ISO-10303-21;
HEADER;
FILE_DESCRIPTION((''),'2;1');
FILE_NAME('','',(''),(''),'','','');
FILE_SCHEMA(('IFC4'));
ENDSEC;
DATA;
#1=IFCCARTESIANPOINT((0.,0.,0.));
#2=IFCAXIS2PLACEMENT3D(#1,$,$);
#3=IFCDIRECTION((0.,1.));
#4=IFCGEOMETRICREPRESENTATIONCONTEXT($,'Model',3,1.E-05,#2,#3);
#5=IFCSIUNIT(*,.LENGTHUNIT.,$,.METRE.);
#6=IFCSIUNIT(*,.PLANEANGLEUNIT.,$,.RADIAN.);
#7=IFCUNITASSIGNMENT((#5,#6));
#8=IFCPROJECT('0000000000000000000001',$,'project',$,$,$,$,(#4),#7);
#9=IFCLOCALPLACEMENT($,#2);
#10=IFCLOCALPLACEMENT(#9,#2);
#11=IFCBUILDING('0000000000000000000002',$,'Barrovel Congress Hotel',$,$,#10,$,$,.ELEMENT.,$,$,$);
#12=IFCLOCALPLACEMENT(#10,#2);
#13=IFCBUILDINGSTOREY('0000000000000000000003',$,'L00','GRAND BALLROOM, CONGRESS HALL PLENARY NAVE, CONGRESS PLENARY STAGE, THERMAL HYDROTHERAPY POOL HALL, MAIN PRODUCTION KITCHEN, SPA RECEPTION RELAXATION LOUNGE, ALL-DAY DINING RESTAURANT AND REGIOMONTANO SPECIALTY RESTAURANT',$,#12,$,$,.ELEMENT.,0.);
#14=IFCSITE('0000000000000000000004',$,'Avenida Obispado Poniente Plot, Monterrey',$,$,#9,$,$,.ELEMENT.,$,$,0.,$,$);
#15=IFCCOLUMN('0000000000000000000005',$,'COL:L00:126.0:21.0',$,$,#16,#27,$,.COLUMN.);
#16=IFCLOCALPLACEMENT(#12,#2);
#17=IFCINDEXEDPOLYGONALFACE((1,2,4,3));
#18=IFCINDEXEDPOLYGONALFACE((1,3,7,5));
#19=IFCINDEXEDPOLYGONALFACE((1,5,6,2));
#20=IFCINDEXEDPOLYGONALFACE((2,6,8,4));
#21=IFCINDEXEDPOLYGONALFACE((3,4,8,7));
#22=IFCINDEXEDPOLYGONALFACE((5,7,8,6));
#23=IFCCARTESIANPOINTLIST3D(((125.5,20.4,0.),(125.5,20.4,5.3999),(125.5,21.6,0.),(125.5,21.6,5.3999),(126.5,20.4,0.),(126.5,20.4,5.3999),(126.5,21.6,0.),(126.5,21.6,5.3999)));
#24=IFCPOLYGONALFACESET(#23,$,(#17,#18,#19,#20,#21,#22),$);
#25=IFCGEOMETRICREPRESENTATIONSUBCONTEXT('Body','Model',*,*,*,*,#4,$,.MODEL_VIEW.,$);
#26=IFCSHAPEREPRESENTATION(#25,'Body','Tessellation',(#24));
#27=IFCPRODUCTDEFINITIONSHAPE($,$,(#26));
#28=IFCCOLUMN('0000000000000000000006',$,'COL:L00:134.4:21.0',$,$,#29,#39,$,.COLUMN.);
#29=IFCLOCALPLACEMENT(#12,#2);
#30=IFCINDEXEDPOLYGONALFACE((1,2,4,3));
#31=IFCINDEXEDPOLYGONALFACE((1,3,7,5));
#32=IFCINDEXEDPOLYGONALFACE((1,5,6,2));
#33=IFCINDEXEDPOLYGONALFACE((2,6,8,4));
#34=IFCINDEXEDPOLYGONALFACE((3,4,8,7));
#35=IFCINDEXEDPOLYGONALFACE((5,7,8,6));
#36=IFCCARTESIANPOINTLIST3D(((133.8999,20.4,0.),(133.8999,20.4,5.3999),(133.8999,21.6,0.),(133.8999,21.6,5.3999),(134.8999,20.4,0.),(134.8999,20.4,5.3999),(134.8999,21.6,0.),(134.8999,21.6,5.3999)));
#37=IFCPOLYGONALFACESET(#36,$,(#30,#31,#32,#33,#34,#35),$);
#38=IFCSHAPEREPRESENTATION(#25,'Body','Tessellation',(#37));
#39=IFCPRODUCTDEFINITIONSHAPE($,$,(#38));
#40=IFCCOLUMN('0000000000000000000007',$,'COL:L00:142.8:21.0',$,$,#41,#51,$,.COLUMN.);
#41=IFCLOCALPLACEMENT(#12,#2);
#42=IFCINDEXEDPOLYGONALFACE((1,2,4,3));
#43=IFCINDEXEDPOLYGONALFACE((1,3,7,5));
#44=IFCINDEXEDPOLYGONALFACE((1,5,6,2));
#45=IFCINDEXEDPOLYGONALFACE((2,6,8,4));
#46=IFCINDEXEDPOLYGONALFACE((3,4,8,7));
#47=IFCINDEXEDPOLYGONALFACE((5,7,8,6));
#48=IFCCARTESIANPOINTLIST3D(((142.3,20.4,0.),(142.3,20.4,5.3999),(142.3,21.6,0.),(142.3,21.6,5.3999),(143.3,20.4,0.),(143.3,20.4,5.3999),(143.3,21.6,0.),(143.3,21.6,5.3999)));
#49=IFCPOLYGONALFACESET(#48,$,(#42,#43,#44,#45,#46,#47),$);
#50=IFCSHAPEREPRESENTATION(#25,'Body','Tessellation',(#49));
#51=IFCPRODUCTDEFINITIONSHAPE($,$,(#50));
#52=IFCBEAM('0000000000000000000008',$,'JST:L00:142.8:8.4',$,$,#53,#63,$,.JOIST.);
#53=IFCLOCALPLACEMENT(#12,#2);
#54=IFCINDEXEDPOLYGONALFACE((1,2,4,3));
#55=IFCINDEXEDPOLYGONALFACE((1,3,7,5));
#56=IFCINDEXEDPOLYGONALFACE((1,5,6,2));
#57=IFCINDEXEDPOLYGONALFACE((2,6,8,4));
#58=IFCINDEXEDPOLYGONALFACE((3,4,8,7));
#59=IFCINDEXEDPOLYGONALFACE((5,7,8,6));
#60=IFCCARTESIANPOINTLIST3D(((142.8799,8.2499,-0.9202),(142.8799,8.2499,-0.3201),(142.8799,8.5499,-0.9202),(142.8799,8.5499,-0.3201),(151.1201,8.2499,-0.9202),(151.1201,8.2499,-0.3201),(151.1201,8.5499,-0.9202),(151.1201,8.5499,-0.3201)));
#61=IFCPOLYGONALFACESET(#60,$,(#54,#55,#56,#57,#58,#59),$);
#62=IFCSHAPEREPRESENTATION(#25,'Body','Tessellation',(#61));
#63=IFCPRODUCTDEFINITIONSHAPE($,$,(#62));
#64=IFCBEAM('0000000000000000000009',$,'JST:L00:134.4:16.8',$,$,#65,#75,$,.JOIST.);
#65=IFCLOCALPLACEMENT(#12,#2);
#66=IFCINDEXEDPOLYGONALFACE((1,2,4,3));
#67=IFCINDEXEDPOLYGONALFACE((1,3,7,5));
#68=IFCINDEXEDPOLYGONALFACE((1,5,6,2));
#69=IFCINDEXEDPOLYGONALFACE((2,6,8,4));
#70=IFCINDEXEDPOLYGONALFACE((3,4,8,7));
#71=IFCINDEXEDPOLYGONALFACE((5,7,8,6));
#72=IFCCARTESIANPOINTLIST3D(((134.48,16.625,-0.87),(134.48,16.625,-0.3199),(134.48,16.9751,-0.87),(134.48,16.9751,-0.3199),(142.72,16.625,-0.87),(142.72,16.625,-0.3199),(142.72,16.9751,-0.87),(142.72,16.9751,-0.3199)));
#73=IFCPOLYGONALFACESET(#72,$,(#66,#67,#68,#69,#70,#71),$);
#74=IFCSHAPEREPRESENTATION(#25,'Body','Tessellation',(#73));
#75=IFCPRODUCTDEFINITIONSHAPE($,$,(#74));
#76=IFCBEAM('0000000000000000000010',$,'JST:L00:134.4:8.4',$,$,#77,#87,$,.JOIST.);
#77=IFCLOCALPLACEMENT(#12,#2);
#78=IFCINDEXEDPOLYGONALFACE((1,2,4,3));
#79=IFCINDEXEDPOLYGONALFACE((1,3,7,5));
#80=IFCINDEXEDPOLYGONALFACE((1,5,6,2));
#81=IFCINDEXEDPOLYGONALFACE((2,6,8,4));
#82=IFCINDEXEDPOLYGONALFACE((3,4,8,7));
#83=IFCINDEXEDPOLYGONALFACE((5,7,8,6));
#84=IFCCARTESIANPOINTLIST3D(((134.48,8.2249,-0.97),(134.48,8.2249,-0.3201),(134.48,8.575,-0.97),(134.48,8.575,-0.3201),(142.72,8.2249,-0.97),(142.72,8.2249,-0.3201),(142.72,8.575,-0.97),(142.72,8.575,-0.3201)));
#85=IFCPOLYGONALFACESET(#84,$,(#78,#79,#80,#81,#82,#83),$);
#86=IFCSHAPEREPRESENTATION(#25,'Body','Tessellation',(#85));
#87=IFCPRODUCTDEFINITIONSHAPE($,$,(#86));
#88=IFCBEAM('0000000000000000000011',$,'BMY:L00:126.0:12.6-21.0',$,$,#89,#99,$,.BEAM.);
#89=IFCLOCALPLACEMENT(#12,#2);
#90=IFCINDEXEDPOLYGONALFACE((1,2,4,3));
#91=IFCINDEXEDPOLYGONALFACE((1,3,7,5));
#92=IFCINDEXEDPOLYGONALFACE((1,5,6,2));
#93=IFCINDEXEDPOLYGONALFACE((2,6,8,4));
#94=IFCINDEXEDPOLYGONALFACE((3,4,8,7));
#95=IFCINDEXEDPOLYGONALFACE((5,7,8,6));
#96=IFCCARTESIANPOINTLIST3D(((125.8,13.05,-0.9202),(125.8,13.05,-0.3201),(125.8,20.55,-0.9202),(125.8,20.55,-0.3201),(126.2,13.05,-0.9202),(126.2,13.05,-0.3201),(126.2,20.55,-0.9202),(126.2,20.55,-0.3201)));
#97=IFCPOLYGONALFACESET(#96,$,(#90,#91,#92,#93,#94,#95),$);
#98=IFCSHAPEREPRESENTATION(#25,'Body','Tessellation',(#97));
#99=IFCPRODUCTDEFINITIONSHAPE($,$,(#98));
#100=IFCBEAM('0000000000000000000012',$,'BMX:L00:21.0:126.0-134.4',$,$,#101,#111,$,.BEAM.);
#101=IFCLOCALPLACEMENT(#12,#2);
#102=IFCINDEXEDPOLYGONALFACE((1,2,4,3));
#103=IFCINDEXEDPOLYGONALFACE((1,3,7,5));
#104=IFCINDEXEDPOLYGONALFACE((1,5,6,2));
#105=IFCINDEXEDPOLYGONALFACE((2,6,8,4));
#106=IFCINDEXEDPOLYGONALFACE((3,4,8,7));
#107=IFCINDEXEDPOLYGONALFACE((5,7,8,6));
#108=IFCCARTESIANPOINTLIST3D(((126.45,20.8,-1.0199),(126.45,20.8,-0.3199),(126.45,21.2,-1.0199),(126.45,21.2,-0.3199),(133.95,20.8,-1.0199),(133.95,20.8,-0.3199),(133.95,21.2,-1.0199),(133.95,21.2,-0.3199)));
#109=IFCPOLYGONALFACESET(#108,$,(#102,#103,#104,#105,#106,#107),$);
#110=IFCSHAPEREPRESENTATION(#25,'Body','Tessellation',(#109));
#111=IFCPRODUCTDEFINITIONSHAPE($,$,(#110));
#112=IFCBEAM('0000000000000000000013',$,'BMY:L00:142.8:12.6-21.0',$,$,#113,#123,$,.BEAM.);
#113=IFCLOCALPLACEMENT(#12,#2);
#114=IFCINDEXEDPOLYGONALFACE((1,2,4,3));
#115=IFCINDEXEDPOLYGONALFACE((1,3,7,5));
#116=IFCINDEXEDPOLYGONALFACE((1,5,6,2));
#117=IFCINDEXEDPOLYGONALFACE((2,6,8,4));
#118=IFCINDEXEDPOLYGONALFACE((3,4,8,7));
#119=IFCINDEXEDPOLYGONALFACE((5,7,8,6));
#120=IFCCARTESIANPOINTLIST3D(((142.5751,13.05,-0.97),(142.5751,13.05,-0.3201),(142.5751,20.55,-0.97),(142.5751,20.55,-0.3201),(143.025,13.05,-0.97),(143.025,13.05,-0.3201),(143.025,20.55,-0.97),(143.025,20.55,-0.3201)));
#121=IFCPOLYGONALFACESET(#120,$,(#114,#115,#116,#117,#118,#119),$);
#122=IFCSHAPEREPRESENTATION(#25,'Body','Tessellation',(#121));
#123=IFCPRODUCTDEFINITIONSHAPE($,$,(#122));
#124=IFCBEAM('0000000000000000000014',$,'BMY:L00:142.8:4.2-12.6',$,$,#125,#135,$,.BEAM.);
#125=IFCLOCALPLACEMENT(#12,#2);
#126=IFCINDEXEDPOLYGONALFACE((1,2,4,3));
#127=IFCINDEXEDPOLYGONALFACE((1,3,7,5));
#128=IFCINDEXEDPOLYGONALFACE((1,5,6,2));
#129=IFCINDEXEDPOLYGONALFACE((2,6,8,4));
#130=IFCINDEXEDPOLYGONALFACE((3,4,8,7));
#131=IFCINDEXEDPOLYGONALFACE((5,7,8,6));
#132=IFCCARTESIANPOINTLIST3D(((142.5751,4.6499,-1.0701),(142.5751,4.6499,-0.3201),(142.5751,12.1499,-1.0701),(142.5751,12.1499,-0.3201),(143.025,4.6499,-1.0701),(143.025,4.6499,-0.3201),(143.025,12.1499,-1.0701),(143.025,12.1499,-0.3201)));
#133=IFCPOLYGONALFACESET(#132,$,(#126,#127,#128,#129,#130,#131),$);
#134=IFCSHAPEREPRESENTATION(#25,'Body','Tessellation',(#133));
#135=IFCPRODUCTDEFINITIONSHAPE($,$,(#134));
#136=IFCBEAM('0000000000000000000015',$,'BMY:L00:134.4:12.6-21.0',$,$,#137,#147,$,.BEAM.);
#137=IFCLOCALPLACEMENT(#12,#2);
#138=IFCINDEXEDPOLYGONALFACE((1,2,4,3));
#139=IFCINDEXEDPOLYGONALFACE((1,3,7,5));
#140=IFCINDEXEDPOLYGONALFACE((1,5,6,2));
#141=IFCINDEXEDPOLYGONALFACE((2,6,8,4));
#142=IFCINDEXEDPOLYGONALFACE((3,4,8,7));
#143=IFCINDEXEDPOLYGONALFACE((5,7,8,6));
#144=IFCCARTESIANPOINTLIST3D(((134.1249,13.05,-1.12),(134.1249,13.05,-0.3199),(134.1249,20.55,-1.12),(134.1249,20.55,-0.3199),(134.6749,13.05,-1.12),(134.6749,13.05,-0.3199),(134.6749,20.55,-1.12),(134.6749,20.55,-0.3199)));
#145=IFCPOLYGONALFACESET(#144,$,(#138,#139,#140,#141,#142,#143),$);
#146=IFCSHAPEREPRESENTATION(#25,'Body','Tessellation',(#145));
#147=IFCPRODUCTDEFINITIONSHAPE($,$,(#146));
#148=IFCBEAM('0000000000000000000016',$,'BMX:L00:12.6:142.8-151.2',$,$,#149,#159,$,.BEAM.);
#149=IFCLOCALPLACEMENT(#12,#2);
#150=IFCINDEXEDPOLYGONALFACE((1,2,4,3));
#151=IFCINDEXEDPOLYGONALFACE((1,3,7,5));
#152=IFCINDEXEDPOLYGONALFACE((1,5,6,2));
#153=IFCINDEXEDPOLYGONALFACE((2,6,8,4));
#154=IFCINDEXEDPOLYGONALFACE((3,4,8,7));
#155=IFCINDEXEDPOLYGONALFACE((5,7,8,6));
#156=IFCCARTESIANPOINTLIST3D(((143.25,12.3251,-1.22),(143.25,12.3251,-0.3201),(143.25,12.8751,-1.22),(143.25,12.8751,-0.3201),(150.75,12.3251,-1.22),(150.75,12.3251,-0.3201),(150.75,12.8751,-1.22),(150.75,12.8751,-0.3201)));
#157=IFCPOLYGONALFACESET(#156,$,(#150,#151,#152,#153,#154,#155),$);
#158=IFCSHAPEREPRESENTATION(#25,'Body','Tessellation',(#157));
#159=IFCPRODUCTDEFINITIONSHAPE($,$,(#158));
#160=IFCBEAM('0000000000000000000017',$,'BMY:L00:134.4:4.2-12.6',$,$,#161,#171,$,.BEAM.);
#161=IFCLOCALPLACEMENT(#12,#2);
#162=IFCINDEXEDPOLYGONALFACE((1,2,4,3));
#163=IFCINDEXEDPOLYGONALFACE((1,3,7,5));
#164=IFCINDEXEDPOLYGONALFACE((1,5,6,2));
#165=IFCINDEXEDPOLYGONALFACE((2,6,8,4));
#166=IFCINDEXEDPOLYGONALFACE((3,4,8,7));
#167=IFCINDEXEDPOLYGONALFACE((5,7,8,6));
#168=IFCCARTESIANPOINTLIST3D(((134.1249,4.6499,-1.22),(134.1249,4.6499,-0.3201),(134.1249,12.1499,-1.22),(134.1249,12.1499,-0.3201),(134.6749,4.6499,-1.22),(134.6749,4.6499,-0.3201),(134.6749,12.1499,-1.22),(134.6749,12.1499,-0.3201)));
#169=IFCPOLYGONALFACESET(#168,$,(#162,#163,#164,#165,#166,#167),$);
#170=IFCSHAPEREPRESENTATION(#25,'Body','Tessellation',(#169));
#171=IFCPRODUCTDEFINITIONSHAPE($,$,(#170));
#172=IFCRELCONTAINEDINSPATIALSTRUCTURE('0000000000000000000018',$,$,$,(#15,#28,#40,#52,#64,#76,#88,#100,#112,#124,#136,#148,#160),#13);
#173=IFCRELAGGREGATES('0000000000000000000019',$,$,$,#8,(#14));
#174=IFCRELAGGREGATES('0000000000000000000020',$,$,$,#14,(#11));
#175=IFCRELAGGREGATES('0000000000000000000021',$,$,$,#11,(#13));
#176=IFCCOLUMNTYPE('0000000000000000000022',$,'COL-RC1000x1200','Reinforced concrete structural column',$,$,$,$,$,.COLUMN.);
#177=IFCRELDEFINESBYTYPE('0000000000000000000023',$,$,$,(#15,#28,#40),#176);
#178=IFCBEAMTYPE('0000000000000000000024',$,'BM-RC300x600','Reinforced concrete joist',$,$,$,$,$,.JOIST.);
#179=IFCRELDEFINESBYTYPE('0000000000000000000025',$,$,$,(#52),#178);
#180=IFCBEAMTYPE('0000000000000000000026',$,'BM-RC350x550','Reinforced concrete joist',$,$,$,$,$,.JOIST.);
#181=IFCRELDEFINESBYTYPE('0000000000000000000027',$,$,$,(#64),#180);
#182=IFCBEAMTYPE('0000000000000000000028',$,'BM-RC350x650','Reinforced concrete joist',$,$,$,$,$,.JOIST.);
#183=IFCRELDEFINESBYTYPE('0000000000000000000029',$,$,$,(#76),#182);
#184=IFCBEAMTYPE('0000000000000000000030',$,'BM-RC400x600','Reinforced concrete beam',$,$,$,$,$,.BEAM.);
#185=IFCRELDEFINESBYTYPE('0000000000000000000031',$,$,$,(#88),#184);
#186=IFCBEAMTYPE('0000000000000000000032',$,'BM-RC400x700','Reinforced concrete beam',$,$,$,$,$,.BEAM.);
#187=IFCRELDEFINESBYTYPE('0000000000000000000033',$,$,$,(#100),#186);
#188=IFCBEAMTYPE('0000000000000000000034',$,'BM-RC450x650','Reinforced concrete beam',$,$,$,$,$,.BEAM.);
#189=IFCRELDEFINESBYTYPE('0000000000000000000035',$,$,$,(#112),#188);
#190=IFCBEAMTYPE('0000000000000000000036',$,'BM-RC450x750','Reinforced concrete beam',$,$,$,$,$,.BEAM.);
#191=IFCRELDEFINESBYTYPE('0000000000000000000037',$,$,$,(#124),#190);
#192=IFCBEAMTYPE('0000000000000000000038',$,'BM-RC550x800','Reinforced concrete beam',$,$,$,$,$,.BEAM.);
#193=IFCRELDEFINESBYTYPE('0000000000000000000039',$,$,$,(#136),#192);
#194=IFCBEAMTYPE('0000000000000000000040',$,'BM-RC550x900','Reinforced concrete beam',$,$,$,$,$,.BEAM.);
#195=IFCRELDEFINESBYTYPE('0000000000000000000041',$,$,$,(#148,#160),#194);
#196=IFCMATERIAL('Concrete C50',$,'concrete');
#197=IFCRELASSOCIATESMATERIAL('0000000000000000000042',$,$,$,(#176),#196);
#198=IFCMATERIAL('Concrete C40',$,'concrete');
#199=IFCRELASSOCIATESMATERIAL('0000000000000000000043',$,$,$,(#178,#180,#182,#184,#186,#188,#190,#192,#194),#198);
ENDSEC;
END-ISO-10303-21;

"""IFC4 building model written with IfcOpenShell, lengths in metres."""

from ifc_helpers import new_model, si_unit, direction, frame, origin, origin_2d, place, context, subcontext, project, spatial, rectangle, extrude, material, material_profile, profile_set, type_object, element, save


model = new_model("IFC4")

# Units and contexts
model_context = context("Model", 3, precision=1e-05, world=origin(), true_north=direction((0.0, 1.0)))
body_context = subcontext(model_context, "Body", "Model", "MODEL_VIEW")
ifc_project = project(units=[si_unit("LENGTHUNIT", "METRE"), si_unit("PLANEANGLEUNIT", "RADIAN")], contexts=[model_context])

# Site, building, storey
site_placement = place(None, origin())
site = spatial("IfcSite", under=ifc_project, at=site_placement, Name="Avenida Obispado Poniente Plot, Monterrey", CompositionType="ELEMENT", RefElevation=0.0)
building_placement = place(site_placement, origin())
building = spatial("IfcBuilding", under=site, at=building_placement, Name="Barrovel Congress Hotel", CompositionType="ELEMENT")
storey_placement = place(building_placement, origin())
storey = spatial("IfcBuildingStorey", under=building, at=storey_placement, Name="L00", Description="GRAND BALLROOM, CONGRESS HALL PLENARY NAVE, CONGRESS PLENARY STAGE, THERMAL HYDROTHERAPY POOL HALL, MAIN PRODUCTION KITCHEN, SPA RECEPTION RELAXATION LOUNGE, ALL-DAY DINING RESTAURANT AND REGIOMONTANO SPECIALTY RESTAURANT", CompositionType="ELEMENT", Elevation=0.0)

# Columns
ifc_material_1 = material(Name="Concrete C50", Category="concrete")
ifc_material_profile_1 = material_profile(ifc_material_1, rectangle(XDim=1.0, YDim=1.2, at=origin_2d()), Name="RC1000x1200")
ifc_profile_set_1 = profile_set([ifc_material_profile_1], Name="Concrete C50")
column_type = type_object("IfcColumnType", Name="COL-RC1000x1200", Description="Reinforced concrete structural column", PredefinedType="COLUMN", material=ifc_profile_set_1)
for number, where, z_axis, x_axis, name in (
    (1, (126.0, 21.0, 0.0), (0.0, 0.0, 1.0), (1.0, 0.0, 0.0), "COL:L00:126.0:21.0"),
    (2, (134.3999, 21.0, 0.0), (0.0, 0.0, 1.0), (1.0, 0.0, 0.0), "COL:L00:134.4:21.0"),
    (3, (142.8, 21.0, 0.0), (0.0, 0.0, 1.0), (1.0, 0.0, 0.0), "COL:L00:142.8:21.0"),
):
    element("IfcColumn", number, at=place(storey_placement, frame(where, z_axis=z_axis, x_axis=x_axis)), inside=storey, type_object=column_type, Name=name, PredefinedType="COLUMN", context=body_context, shape_type="SweptSolid", body=[
        extrude(rectangle(XDim=1.0, YDim=1.2, at=origin_2d()), origin(), (0.0, 0.0, 1.0), 5.3999),
    ])

# Beams
ifc_material_2 = material(Name="Concrete C40", Category="concrete")
ifc_material_profile_2 = material_profile(ifc_material_2, rectangle(XDim=0.3, YDim=0.6001, at=origin_2d()), Name="RC300x600")
ifc_profile_set_2 = profile_set([ifc_material_profile_2], Name="Concrete C40")
beam_type_1 = type_object("IfcBeamType", Name="BM-RC300x600", Description="Reinforced concrete joist", PredefinedType="JOIST", material=ifc_profile_set_2)
beam_1_placement = place(storey_placement, frame((142.8799, 8.3999, -0.6201), z_axis=(1.0, 0.0, 0.0), x_axis=(0.0, 1.0, 0.0)))
element("IfcBeam", 4, at=beam_1_placement, inside=storey, type_object=beam_type_1, Name="JST:L00:142.8:8.4", PredefinedType="JOIST", context=body_context, shape_type="SweptSolid", body=[
    extrude(rectangle(XDim=0.3, YDim=0.6001, at=origin_2d()), origin(), (0.0, 0.0, 1.0), 8.2402),
])
ifc_material_profile_3 = material_profile(ifc_material_2, rectangle(XDim=0.3501, YDim=0.55, at=origin_2d()), Name="RC350x550")
ifc_profile_set_3 = profile_set([ifc_material_profile_3], Name="Concrete C40")
beam_type_2 = type_object("IfcBeamType", Name="BM-RC350x550", Description="Reinforced concrete joist", PredefinedType="JOIST", material=ifc_profile_set_3)
beam_2_placement = place(storey_placement, frame((134.48, 16.8, -0.595), z_axis=(1.0, 0.0, 0.0), x_axis=(0.0, 1.0, 0.0)))
element("IfcBeam", 5, at=beam_2_placement, inside=storey, type_object=beam_type_2, Name="JST:L00:134.4:16.8", PredefinedType="JOIST", context=body_context, shape_type="SweptSolid", body=[
    extrude(rectangle(XDim=0.3501, YDim=0.55, at=origin_2d()), origin(), (0.0, 0.0, 1.0), 8.24),
])
ifc_material_profile_4 = material_profile(ifc_material_2, rectangle(XDim=0.3501, YDim=0.6499, at=origin_2d()), Name="RC350x650")
ifc_profile_set_4 = profile_set([ifc_material_profile_4], Name="Concrete C40")
beam_type_3 = type_object("IfcBeamType", Name="BM-RC350x650", Description="Reinforced concrete joist", PredefinedType="JOIST", material=ifc_profile_set_4)
beam_3_placement = place(storey_placement, frame((134.48, 8.3999, -0.645), z_axis=(1.0, 0.0, 0.0), x_axis=(0.0, 1.0, 0.0)))
element("IfcBeam", 6, at=beam_3_placement, inside=storey, type_object=beam_type_3, Name="JST:L00:134.4:8.4", PredefinedType="JOIST", context=body_context, shape_type="SweptSolid", body=[
    extrude(rectangle(XDim=0.3501, YDim=0.6499, at=origin_2d()), origin(), (0.0, 0.0, 1.0), 8.24),
])
ifc_material_profile_5 = material_profile(ifc_material_2, rectangle(XDim=0.3999, YDim=0.6001, at=origin_2d()), Name="RC400x600")
ifc_profile_set_5 = profile_set([ifc_material_profile_5], Name="Concrete C40")
beam_type_4 = type_object("IfcBeamType", Name="BM-RC400x600", Description="Reinforced concrete beam", PredefinedType="BEAM", material=ifc_profile_set_5)
beam_4_placement = place(storey_placement, frame((126.0, 13.05, -0.6201), z_axis=(0.0, 1.0, 0.0), x_axis=(-1.0, 0.0, 0.0)))
element("IfcBeam", 7, at=beam_4_placement, inside=storey, type_object=beam_type_4, Name="BMY:L00:126.0:12.6-21.0", PredefinedType="BEAM", context=body_context, shape_type="SweptSolid", body=[
    extrude(rectangle(XDim=0.3999, YDim=0.6001, at=origin_2d()), origin(), (0.0, 0.0, 1.0), 7.5),
])
ifc_material_profile_6 = material_profile(ifc_material_2, rectangle(XDim=0.3999, YDim=0.7, at=origin_2d()), Name="RC400x700")
ifc_profile_set_6 = profile_set([ifc_material_profile_6], Name="Concrete C40")
beam_type_5 = type_object("IfcBeamType", Name="BM-RC400x700", Description="Reinforced concrete beam", PredefinedType="BEAM", material=ifc_profile_set_6)
beam_5_placement = place(storey_placement, frame((126.45, 21.0, -0.6699), z_axis=(1.0, 0.0, 0.0), x_axis=(0.0, 1.0, 0.0)))
element("IfcBeam", 8, at=beam_5_placement, inside=storey, type_object=beam_type_5, Name="BMX:L00:21.0:126.0-134.4", PredefinedType="BEAM", context=body_context, shape_type="SweptSolid", body=[
    extrude(rectangle(XDim=0.3999, YDim=0.7, at=origin_2d()), origin(), (0.0, 0.0, 1.0), 7.5),
])
ifc_material_profile_7 = material_profile(ifc_material_2, rectangle(XDim=0.45, YDim=0.6499, at=origin_2d()), Name="RC450x650")
ifc_profile_set_7 = profile_set([ifc_material_profile_7], Name="Concrete C40")
beam_type_6 = type_object("IfcBeamType", Name="BM-RC450x650", Description="Reinforced concrete beam", PredefinedType="BEAM", material=ifc_profile_set_7)
beam_6_placement = place(storey_placement, frame((142.8, 13.05, -0.645), z_axis=(0.0, 1.0, 0.0), x_axis=(-1.0, 0.0, 0.0)))
element("IfcBeam", 9, at=beam_6_placement, inside=storey, type_object=beam_type_6, Name="BMY:L00:142.8:12.6-21.0", PredefinedType="BEAM", context=body_context, shape_type="SweptSolid", body=[
    extrude(rectangle(XDim=0.45, YDim=0.6499, at=origin_2d()), origin(), (0.0, 0.0, 1.0), 7.5),
])
ifc_material_profile_8 = material_profile(ifc_material_2, rectangle(XDim=0.45, YDim=0.75, at=origin_2d()), Name="RC450x750")
ifc_profile_set_8 = profile_set([ifc_material_profile_8], Name="Concrete C40")
beam_type_7 = type_object("IfcBeamType", Name="BM-RC450x750", Description="Reinforced concrete beam", PredefinedType="BEAM", material=ifc_profile_set_8)
beam_7_placement = place(storey_placement, frame((142.8, 4.6499, -0.6951), z_axis=(0.0, 1.0, 0.0), x_axis=(-1.0, 0.0, 0.0)))
element("IfcBeam", 10, at=beam_7_placement, inside=storey, type_object=beam_type_7, Name="BMY:L00:142.8:4.2-12.6", PredefinedType="BEAM", context=body_context, shape_type="SweptSolid", body=[
    extrude(rectangle(XDim=0.45, YDim=0.75, at=origin_2d()), origin(), (0.0, 0.0, 1.0), 7.5),
])
ifc_material_profile_9 = material_profile(ifc_material_2, rectangle(XDim=0.55, YDim=0.8, at=origin_2d()), Name="RC550x800")
ifc_profile_set_9 = profile_set([ifc_material_profile_9], Name="Concrete C40")
beam_type_8 = type_object("IfcBeamType", Name="BM-RC550x800", Description="Reinforced concrete beam", PredefinedType="BEAM", material=ifc_profile_set_9)
beam_8_placement = place(storey_placement, frame((134.3999, 13.05, -0.72), z_axis=(0.0, 1.0, 0.0), x_axis=(-1.0, 0.0, 0.0)))
element("IfcBeam", 11, at=beam_8_placement, inside=storey, type_object=beam_type_8, Name="BMY:L00:134.4:12.6-21.0", PredefinedType="BEAM", context=body_context, shape_type="SweptSolid", body=[
    extrude(rectangle(XDim=0.55, YDim=0.8, at=origin_2d()), origin(), (0.0, 0.0, 1.0), 7.5),
])
ifc_material_profile_10 = material_profile(ifc_material_2, rectangle(XDim=0.55, YDim=0.8999, at=origin_2d()), Name="RC550x900")
ifc_profile_set_10 = profile_set([ifc_material_profile_10], Name="Concrete C40")
beam_type_9 = type_object("IfcBeamType", Name="BM-RC550x900", Description="Reinforced concrete beam", PredefinedType="BEAM", material=ifc_profile_set_10)
for number, where, z_axis, x_axis, name in (
    (12, (143.25, 12.6001, -0.77), (1.0, 0.0, 0.0), (0.0, 1.0, 0.0), "BMX:L00:12.6:142.8-151.2"),
    (13, (134.3999, 4.6499, -0.77), (0.0, 1.0, 0.0), (-1.0, 0.0, 0.0), "BMY:L00:134.4:4.2-12.6"),
):
    element("IfcBeam", number, at=place(storey_placement, frame(where, z_axis=z_axis, x_axis=x_axis)), inside=storey, type_object=beam_type_9, Name=name, PredefinedType="BEAM", context=body_context, shape_type="SweptSolid", body=[
        extrude(rectangle(XDim=0.55, YDim=0.8999, at=origin_2d()), origin(), (0.0, 0.0, 1.0), 7.5),
    ])

save(model, "model.ifc")
